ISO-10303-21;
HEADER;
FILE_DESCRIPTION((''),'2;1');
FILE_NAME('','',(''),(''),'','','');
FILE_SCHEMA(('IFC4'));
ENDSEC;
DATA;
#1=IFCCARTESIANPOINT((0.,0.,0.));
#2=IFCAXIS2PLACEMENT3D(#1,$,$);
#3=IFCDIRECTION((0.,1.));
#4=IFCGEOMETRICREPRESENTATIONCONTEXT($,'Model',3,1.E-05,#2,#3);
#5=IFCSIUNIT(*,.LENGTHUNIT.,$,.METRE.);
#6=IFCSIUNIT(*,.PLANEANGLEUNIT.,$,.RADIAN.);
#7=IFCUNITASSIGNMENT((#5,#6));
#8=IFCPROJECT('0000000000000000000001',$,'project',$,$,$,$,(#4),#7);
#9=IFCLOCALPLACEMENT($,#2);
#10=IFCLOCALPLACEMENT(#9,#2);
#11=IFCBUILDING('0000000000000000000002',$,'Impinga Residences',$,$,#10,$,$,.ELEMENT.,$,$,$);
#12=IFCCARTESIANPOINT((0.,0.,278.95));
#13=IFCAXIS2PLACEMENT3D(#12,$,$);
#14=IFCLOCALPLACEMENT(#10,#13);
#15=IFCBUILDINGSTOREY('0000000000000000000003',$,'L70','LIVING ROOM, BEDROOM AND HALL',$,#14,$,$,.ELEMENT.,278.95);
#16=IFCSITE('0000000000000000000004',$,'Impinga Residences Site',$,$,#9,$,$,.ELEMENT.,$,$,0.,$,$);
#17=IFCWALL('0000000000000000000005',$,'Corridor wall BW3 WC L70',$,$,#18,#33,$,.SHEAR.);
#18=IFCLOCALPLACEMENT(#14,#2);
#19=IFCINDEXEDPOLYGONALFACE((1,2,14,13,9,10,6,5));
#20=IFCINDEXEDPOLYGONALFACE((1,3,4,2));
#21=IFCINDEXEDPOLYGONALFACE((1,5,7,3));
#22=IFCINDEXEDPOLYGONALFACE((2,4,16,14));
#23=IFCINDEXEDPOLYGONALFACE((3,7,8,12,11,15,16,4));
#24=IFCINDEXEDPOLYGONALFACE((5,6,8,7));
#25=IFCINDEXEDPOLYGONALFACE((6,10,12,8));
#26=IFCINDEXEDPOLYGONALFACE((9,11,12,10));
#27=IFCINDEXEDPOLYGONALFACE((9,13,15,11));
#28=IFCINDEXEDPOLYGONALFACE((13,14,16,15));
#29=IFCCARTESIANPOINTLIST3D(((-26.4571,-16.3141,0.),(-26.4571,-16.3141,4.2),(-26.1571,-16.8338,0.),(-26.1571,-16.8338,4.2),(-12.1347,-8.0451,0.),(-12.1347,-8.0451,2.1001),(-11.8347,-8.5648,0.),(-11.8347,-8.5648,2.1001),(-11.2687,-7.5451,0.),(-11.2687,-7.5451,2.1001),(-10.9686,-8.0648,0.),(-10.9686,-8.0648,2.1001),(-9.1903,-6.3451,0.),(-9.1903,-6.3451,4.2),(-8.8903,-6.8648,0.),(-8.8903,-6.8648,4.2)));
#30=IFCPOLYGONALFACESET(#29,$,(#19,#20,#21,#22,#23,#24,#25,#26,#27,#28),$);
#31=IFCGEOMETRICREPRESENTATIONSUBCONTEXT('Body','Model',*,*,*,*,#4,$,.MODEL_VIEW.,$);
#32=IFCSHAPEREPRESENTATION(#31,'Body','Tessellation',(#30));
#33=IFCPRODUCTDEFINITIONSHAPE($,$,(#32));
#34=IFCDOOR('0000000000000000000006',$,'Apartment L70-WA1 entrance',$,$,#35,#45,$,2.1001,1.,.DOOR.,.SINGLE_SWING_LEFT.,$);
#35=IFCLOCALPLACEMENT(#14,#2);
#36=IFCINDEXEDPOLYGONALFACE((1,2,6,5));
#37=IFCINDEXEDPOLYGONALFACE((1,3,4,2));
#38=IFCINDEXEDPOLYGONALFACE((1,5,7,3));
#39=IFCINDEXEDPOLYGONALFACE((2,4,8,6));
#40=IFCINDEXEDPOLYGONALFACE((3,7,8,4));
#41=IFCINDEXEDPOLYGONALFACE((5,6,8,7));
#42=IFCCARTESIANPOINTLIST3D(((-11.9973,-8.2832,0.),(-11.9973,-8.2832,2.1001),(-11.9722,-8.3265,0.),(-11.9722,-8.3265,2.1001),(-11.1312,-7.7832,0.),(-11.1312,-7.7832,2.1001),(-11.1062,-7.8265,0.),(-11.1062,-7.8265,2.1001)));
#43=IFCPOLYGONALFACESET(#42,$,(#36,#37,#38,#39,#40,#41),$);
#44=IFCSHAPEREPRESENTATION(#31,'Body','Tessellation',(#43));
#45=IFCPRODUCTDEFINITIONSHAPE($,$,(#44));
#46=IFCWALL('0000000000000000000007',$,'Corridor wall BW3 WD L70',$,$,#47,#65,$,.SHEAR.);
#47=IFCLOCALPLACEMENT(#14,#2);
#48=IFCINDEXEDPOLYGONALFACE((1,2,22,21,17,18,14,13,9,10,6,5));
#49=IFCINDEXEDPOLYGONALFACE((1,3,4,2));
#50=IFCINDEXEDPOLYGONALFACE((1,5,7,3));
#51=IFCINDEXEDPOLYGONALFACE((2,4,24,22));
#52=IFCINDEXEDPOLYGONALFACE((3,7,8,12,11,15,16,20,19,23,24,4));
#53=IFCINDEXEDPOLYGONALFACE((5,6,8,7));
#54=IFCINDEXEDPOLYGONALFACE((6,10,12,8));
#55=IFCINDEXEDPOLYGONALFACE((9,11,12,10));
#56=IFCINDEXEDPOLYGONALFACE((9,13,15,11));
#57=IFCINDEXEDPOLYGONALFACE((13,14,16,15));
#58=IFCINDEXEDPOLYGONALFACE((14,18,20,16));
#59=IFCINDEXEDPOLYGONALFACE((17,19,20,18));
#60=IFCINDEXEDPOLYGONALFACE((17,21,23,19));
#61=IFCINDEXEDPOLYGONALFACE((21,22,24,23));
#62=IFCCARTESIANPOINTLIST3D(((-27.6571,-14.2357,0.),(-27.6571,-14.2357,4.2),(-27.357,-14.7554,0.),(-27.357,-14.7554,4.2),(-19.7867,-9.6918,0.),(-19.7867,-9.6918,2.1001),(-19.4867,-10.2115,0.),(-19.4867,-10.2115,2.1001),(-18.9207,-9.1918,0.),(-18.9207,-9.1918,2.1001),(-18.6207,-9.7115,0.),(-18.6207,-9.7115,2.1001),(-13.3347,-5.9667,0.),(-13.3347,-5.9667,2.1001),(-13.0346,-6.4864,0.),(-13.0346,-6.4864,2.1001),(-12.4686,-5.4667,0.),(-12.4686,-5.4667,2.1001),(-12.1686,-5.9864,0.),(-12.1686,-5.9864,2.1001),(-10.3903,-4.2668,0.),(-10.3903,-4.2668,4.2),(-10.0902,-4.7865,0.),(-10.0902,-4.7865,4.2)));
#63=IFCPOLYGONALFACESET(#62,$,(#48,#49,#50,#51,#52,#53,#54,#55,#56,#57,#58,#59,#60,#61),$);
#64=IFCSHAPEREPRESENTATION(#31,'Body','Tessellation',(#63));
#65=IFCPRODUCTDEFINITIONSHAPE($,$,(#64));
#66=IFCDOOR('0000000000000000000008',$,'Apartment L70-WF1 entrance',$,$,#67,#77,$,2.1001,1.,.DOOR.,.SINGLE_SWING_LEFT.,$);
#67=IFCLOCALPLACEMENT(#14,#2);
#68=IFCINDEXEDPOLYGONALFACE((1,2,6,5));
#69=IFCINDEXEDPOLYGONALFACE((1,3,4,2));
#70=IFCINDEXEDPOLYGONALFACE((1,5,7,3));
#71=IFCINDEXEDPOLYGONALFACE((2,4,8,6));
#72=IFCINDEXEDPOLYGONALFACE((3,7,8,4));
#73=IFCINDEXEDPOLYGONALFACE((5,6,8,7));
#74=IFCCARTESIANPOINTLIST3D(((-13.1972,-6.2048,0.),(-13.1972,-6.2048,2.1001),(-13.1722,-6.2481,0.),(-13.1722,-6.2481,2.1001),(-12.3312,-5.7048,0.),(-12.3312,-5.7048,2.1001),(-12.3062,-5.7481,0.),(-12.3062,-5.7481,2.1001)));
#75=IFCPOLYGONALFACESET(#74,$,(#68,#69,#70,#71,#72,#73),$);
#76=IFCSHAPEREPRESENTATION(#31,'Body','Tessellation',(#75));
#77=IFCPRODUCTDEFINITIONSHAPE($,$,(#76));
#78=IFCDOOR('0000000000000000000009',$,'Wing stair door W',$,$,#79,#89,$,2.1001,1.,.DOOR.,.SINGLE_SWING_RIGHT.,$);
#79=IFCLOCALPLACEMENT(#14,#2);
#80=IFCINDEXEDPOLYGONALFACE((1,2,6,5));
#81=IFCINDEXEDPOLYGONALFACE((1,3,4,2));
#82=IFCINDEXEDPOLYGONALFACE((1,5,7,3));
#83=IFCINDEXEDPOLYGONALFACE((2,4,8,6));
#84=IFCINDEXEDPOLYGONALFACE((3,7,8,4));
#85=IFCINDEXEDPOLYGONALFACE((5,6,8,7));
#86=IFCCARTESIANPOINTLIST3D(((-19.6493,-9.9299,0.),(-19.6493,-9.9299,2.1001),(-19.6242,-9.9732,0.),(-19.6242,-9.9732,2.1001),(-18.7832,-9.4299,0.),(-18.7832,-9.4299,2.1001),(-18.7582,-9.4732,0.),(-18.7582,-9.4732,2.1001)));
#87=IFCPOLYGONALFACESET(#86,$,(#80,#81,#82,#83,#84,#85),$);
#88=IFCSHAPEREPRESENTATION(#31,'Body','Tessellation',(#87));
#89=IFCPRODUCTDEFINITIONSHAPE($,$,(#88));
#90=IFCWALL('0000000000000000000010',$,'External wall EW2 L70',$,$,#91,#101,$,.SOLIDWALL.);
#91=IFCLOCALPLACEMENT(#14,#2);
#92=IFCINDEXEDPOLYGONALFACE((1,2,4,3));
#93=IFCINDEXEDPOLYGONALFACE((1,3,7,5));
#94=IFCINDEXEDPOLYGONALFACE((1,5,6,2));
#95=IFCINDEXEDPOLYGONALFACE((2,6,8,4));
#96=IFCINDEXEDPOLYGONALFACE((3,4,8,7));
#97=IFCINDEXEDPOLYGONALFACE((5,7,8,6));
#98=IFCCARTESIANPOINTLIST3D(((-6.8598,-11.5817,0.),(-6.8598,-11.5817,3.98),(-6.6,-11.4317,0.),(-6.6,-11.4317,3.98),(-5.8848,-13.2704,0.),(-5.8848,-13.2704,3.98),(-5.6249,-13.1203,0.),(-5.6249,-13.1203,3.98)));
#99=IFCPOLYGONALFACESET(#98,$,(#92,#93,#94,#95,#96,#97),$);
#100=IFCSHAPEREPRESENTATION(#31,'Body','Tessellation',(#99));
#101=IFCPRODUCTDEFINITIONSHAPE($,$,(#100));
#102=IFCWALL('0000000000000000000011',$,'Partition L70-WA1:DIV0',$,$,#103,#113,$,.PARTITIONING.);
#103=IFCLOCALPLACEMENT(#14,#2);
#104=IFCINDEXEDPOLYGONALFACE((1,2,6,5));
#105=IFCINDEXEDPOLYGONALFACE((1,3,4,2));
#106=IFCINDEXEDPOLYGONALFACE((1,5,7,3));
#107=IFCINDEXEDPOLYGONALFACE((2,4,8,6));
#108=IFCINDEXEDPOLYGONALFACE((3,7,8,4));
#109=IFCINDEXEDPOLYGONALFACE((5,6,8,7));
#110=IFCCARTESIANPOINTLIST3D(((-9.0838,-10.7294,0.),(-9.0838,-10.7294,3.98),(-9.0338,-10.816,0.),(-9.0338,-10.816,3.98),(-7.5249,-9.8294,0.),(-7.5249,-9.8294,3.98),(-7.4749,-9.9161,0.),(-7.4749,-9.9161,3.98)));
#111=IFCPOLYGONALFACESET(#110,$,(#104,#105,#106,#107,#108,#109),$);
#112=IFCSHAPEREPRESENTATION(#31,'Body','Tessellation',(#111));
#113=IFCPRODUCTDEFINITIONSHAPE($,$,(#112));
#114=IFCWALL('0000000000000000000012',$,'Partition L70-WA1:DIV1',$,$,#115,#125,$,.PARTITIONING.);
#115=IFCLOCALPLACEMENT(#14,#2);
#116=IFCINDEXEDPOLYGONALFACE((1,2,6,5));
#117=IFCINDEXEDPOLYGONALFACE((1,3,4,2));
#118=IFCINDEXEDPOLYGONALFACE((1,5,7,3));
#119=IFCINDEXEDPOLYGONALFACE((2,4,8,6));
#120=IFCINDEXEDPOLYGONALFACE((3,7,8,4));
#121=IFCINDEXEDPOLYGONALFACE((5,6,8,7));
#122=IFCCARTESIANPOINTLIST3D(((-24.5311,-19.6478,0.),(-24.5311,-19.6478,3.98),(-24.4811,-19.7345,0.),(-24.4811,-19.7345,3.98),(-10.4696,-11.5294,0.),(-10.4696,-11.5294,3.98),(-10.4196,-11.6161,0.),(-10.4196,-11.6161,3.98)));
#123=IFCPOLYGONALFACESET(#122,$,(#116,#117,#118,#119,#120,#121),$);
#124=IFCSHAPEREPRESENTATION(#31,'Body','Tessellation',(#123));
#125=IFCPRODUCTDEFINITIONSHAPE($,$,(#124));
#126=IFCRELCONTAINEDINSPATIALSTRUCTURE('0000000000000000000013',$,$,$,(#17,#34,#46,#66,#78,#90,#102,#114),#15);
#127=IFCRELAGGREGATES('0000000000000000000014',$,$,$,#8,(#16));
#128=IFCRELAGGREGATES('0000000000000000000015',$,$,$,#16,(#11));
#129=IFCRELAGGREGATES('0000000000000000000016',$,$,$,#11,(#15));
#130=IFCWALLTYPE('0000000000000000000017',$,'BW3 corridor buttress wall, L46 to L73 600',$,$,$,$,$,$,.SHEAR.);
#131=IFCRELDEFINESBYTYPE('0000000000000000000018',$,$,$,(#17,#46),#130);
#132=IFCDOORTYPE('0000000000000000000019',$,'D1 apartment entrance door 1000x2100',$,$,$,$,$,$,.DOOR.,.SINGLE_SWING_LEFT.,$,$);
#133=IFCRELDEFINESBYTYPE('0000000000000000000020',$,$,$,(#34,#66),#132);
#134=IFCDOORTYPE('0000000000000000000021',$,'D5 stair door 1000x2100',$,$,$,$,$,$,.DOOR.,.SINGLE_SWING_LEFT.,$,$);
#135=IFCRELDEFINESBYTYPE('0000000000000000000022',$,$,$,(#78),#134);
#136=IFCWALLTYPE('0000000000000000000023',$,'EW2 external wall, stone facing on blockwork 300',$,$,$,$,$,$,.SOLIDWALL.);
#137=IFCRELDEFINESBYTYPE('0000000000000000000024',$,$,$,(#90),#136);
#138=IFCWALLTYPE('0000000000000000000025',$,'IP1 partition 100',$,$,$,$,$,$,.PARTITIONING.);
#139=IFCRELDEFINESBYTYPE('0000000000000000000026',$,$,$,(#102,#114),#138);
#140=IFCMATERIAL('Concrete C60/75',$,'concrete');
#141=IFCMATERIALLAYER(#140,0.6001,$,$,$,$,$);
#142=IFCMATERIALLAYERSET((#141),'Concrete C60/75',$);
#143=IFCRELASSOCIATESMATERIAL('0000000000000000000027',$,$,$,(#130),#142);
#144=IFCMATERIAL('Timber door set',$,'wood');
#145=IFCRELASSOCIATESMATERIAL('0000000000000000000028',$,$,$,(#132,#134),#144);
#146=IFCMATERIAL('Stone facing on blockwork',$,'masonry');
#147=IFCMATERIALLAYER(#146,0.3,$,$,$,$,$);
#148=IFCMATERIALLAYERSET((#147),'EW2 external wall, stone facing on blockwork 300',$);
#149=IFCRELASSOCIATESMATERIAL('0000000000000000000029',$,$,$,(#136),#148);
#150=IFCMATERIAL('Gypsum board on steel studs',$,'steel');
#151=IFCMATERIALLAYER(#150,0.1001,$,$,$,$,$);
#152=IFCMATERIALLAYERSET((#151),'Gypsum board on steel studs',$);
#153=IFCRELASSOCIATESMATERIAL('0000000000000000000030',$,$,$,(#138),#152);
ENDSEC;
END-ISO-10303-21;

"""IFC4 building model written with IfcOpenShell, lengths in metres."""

from ifc_helpers import new_model, si_unit, direction, frame, frame_2d, origin, place, context, subcontext, project, spatial, rectangle, extrude, material, layer, layer_set, type_object, element, fill, save


model = new_model("IFC4")

# Units and contexts
model_context = context("Model", 3, precision=1e-05, world=origin(), true_north=direction((0.0, 1.0)))
body_context = subcontext(model_context, "Body", "Model", "MODEL_VIEW")
ifc_project = project(units=[si_unit("LENGTHUNIT", "METRE"), si_unit("PLANEANGLEUNIT", "RADIAN")], contexts=[model_context])

# Site, building, storey
site_placement = place(None, origin())
site = spatial("IfcSite", under=ifc_project, at=site_placement, Name="Impinga Residences Site", CompositionType="ELEMENT", RefElevation=0.0)
building_placement = place(site_placement, origin())
building = spatial("IfcBuilding", under=site, at=building_placement, Name="Impinga Residences", CompositionType="ELEMENT")
storey_placement = place(building_placement, frame((0.0, 0.0, 278.95)))
storey = spatial("IfcBuildingStorey", under=building, at=storey_placement, Name="L70", Description="LIVING ROOM, BEDROOM AND HALL", CompositionType="ELEMENT", Elevation=278.95)

# Wall, opening, door
ifc_material_1 = material(Name="Concrete C60/75", Category="concrete")
ifc_layer_1 = layer(ifc_material_1, 0.6001)
ifc_layer_set_1 = layer_set([ifc_layer_1], Name="Concrete C60/75")
wall_type_1 = type_object("IfcWallType", Name="BW3 corridor buttress wall, L46 to L73 600", PredefinedType="SHEAR", material=ifc_layer_set_1)
wall_1_placement = place(storey_placement, frame((-9.0403, -6.605, 0.0), z_axis=(0.0, 0.0, 1.0), x_axis=(-0.866026, -0.499999, 0.0)))
wall_1 = element("IfcWall", 1, at=wall_1_placement, inside=storey, type_object=wall_type_1, Name="Corridor wall BW3 WC L70", PredefinedType="SHEAR", context=body_context, shape_type="SweptSolid", body=[
    extrude(rectangle(XDim=19.938, YDim=0.6001, at=frame_2d((9.969, 0.0))), origin(), (0.0, 0.0, 1.0), 4.2),
])
opening_1_placement = place(wall_1_placement, frame((2.3999, 0.0, 0.0)))
opening_1 = element("IfcOpeningElement", 2, at=opening_1_placement, cuts=wall_1, PredefinedType="OPENING", context=body_context, shape_type="SweptSolid", body=[
    extrude(rectangle(XDim=1.0, YDim=2.1001, at=frame_2d((0.5, 1.05))), frame((0.0, 0.3101, 0.0), z_axis=(0.0, -1.0, 0.0), x_axis=(1.0, 0.0, 0.0)), (0.0, 0.0, 1.0), 0.6201),
])
ifc_material_2 = material(Name="Timber door set", Category="wood")
door_type_1 = type_object("IfcDoorType", Name="D1 apartment entrance door 1000x2100", OperationType="SINGLE_SWING_LEFT", PredefinedType="DOOR", material=ifc_material_2)
door_1_placement = place(opening_1_placement, origin())
door_1 = element("IfcDoor", 3, at=door_1_placement, inside=storey, type_object=door_type_1, Name="Apartment L70-WA1 entrance", OperationType="SINGLE_SWING_LEFT", OverallHeight=2.1001, OverallWidth=1.0, PredefinedType="DOOR", context=body_context, shape_type="SweptSolid", body=[
    extrude(rectangle(XDim=1.0, YDim=2.1001, at=frame_2d((0.5, 1.05))), frame((0.0, 0.0249, 0.0), z_axis=(0.0, -1.0, 0.0), x_axis=(1.0, 0.0, 0.0)), (0.0, 0.0, 1.0), 0.05),
])
fill(opening_1, door_1)

# Wall, openings, doors
wall_2_placement = place(storey_placement, frame((-10.2402, -4.5266, 0.0), z_axis=(0.0, 0.0, 1.0), x_axis=(-0.866026, -0.499999, 0.0)))
wall_2 = element("IfcWall", 4, at=wall_2_placement, inside=storey, type_object=wall_type_1, Name="Corridor wall BW3 WD L70", PredefinedType="SHEAR", context=body_context, shape_type="SweptSolid", body=[
    extrude(rectangle(XDim=19.938, YDim=0.6001, at=frame_2d((9.969, 0.0))), origin(), (0.0, 0.0, 1.0), 4.2),
])
opening_2_placement = place(wall_2_placement, frame((9.8501, 0.0, 0.0)))
opening_2 = element("IfcOpeningElement", 5, at=opening_2_placement, cuts=wall_2, PredefinedType="OPENING", context=body_context, shape_type="SweptSolid", body=[
    extrude(rectangle(XDim=1.0, YDim=2.1001, at=frame_2d((0.5, 1.05))), frame((0.0, 0.3101, 0.0), z_axis=(0.0, -1.0, 0.0), x_axis=(1.0, 0.0, 0.0)), (0.0, 0.0, 1.0), 0.6201),
])
opening_3_placement = place(wall_2_placement, frame((2.3999, 0.0, 0.0)))
opening_3 = element("IfcOpeningElement", 6, at=opening_3_placement, cuts=wall_2, PredefinedType="OPENING", context=body_context, shape_type="SweptSolid", body=[
    extrude(rectangle(XDim=1.0, YDim=2.1001, at=frame_2d((0.5, 1.05))), frame((0.0, 0.3101, 0.0), z_axis=(0.0, -1.0, 0.0), x_axis=(1.0, 0.0, 0.0)), (0.0, 0.0, 1.0), 0.6201),
])
door_2_placement = place(opening_3_placement, origin())
door_2 = element("IfcDoor", 7, at=door_2_placement, inside=storey, type_object=door_type_1, Name="Apartment L70-WF1 entrance", OperationType="SINGLE_SWING_LEFT", OverallHeight=2.1001, OverallWidth=1.0, PredefinedType="DOOR", context=body_context, shape_type="SweptSolid", body=[
    extrude(rectangle(XDim=1.0, YDim=2.1001, at=frame_2d((0.5, 1.05))), frame((0.0, 0.0249, 0.0), z_axis=(0.0, -1.0, 0.0), x_axis=(1.0, 0.0, 0.0)), (0.0, 0.0, 1.0), 0.05),
])
fill(opening_3, door_2)
door_type_2 = type_object("IfcDoorType", Name="D5 stair door 1000x2100", OperationType="SINGLE_SWING_LEFT", PredefinedType="DOOR", material=ifc_material_2)
door_3_placement = place(opening_2_placement, origin())
door_3 = element("IfcDoor", 8, at=door_3_placement, inside=storey, type_object=door_type_2, Name="Wing stair door W", OperationType="SINGLE_SWING_RIGHT", OverallHeight=2.1001, OverallWidth=1.0, PredefinedType="DOOR", context=body_context, shape_type="SweptSolid", body=[
    extrude(rectangle(XDim=1.0, YDim=2.1001, at=frame_2d((0.5, 1.05))), frame((0.0, 0.0249, 0.0), z_axis=(0.0, -1.0, 0.0), x_axis=(1.0, 0.0, 0.0)), (0.0, 0.0, 1.0), 0.05),
])
fill(opening_2, door_3)

# Walls
ifc_material_3 = material(Name="Stone facing on blockwork", Category="masonry")
ifc_layer_2 = layer(ifc_material_3, 0.3)
ifc_layer_set_2 = layer_set([ifc_layer_2], Name="EW2 external wall, stone facing on blockwork 300")
wall_type_2 = type_object("IfcWallType", Name="EW2 external wall, stone facing on blockwork 300", PredefinedType="SOLIDWALL", material=ifc_layer_set_2)
wall_3_placement = place(storey_placement, frame((-6.73, -11.5066, 0.0), z_axis=(0.0, 0.0, 1.0), x_axis=(0.500044, -0.866, 0.0)))
element("IfcWall", 9, at=wall_3_placement, inside=storey, type_object=wall_type_2, Name="External wall EW2 L70", PredefinedType="SOLIDWALL", context=body_context, shape_type="SweptSolid", body=[
    extrude(rectangle(XDim=1.95, YDim=0.3, at=frame_2d((0.9751, 0.0))), origin(), (0.0, 0.0, 1.0), 3.98),
])
ifc_material_4 = material(Name="Gypsum board on steel studs", Category="steel")
ifc_layer_3 = layer(ifc_material_4, 0.1001)
ifc_layer_set_3 = layer_set([ifc_layer_3], Name="Gypsum board on steel studs")
wall_type_3 = type_object("IfcWallType", Name="IP1 partition 100", PredefinedType="PARTITIONING", material=ifc_layer_set_3)
wall_4_placement = place(storey_placement, frame((-7.5, -9.8728, 0.0), z_axis=(0.0, 0.0, 1.0), x_axis=(-0.866048, -0.499961, 0.0)))
element("IfcWall", 10, at=wall_4_placement, inside=storey, type_object=wall_type_3, Name="Partition L70-WA1:DIV0", PredefinedType="PARTITIONING", context=body_context, shape_type="SweptSolid", body=[
    extrude(rectangle(XDim=1.8, YDim=0.1001, at=frame_2d((0.8999, 0.0))), origin(), (0.0, 0.0, 1.0), 3.98),
])
wall_5_placement = place(storey_placement, frame((-10.4446, -11.5728, 0.0), z_axis=(0.0, 0.0, 1.0), x_axis=(-0.866026, -0.499999, 0.0)))
element("IfcWall", 11, at=wall_5_placement, inside=storey, type_object=wall_type_3, Name="Partition L70-WA1:DIV1", PredefinedType="PARTITIONING", context=body_context, shape_type="SweptSolid", body=[
    extrude(rectangle(XDim=16.2368, YDim=0.1001, at=frame_2d((8.1184, 0.0))), origin(), (0.0, 0.0, 1.0), 3.98),
])

save(model, "model.ifc")
